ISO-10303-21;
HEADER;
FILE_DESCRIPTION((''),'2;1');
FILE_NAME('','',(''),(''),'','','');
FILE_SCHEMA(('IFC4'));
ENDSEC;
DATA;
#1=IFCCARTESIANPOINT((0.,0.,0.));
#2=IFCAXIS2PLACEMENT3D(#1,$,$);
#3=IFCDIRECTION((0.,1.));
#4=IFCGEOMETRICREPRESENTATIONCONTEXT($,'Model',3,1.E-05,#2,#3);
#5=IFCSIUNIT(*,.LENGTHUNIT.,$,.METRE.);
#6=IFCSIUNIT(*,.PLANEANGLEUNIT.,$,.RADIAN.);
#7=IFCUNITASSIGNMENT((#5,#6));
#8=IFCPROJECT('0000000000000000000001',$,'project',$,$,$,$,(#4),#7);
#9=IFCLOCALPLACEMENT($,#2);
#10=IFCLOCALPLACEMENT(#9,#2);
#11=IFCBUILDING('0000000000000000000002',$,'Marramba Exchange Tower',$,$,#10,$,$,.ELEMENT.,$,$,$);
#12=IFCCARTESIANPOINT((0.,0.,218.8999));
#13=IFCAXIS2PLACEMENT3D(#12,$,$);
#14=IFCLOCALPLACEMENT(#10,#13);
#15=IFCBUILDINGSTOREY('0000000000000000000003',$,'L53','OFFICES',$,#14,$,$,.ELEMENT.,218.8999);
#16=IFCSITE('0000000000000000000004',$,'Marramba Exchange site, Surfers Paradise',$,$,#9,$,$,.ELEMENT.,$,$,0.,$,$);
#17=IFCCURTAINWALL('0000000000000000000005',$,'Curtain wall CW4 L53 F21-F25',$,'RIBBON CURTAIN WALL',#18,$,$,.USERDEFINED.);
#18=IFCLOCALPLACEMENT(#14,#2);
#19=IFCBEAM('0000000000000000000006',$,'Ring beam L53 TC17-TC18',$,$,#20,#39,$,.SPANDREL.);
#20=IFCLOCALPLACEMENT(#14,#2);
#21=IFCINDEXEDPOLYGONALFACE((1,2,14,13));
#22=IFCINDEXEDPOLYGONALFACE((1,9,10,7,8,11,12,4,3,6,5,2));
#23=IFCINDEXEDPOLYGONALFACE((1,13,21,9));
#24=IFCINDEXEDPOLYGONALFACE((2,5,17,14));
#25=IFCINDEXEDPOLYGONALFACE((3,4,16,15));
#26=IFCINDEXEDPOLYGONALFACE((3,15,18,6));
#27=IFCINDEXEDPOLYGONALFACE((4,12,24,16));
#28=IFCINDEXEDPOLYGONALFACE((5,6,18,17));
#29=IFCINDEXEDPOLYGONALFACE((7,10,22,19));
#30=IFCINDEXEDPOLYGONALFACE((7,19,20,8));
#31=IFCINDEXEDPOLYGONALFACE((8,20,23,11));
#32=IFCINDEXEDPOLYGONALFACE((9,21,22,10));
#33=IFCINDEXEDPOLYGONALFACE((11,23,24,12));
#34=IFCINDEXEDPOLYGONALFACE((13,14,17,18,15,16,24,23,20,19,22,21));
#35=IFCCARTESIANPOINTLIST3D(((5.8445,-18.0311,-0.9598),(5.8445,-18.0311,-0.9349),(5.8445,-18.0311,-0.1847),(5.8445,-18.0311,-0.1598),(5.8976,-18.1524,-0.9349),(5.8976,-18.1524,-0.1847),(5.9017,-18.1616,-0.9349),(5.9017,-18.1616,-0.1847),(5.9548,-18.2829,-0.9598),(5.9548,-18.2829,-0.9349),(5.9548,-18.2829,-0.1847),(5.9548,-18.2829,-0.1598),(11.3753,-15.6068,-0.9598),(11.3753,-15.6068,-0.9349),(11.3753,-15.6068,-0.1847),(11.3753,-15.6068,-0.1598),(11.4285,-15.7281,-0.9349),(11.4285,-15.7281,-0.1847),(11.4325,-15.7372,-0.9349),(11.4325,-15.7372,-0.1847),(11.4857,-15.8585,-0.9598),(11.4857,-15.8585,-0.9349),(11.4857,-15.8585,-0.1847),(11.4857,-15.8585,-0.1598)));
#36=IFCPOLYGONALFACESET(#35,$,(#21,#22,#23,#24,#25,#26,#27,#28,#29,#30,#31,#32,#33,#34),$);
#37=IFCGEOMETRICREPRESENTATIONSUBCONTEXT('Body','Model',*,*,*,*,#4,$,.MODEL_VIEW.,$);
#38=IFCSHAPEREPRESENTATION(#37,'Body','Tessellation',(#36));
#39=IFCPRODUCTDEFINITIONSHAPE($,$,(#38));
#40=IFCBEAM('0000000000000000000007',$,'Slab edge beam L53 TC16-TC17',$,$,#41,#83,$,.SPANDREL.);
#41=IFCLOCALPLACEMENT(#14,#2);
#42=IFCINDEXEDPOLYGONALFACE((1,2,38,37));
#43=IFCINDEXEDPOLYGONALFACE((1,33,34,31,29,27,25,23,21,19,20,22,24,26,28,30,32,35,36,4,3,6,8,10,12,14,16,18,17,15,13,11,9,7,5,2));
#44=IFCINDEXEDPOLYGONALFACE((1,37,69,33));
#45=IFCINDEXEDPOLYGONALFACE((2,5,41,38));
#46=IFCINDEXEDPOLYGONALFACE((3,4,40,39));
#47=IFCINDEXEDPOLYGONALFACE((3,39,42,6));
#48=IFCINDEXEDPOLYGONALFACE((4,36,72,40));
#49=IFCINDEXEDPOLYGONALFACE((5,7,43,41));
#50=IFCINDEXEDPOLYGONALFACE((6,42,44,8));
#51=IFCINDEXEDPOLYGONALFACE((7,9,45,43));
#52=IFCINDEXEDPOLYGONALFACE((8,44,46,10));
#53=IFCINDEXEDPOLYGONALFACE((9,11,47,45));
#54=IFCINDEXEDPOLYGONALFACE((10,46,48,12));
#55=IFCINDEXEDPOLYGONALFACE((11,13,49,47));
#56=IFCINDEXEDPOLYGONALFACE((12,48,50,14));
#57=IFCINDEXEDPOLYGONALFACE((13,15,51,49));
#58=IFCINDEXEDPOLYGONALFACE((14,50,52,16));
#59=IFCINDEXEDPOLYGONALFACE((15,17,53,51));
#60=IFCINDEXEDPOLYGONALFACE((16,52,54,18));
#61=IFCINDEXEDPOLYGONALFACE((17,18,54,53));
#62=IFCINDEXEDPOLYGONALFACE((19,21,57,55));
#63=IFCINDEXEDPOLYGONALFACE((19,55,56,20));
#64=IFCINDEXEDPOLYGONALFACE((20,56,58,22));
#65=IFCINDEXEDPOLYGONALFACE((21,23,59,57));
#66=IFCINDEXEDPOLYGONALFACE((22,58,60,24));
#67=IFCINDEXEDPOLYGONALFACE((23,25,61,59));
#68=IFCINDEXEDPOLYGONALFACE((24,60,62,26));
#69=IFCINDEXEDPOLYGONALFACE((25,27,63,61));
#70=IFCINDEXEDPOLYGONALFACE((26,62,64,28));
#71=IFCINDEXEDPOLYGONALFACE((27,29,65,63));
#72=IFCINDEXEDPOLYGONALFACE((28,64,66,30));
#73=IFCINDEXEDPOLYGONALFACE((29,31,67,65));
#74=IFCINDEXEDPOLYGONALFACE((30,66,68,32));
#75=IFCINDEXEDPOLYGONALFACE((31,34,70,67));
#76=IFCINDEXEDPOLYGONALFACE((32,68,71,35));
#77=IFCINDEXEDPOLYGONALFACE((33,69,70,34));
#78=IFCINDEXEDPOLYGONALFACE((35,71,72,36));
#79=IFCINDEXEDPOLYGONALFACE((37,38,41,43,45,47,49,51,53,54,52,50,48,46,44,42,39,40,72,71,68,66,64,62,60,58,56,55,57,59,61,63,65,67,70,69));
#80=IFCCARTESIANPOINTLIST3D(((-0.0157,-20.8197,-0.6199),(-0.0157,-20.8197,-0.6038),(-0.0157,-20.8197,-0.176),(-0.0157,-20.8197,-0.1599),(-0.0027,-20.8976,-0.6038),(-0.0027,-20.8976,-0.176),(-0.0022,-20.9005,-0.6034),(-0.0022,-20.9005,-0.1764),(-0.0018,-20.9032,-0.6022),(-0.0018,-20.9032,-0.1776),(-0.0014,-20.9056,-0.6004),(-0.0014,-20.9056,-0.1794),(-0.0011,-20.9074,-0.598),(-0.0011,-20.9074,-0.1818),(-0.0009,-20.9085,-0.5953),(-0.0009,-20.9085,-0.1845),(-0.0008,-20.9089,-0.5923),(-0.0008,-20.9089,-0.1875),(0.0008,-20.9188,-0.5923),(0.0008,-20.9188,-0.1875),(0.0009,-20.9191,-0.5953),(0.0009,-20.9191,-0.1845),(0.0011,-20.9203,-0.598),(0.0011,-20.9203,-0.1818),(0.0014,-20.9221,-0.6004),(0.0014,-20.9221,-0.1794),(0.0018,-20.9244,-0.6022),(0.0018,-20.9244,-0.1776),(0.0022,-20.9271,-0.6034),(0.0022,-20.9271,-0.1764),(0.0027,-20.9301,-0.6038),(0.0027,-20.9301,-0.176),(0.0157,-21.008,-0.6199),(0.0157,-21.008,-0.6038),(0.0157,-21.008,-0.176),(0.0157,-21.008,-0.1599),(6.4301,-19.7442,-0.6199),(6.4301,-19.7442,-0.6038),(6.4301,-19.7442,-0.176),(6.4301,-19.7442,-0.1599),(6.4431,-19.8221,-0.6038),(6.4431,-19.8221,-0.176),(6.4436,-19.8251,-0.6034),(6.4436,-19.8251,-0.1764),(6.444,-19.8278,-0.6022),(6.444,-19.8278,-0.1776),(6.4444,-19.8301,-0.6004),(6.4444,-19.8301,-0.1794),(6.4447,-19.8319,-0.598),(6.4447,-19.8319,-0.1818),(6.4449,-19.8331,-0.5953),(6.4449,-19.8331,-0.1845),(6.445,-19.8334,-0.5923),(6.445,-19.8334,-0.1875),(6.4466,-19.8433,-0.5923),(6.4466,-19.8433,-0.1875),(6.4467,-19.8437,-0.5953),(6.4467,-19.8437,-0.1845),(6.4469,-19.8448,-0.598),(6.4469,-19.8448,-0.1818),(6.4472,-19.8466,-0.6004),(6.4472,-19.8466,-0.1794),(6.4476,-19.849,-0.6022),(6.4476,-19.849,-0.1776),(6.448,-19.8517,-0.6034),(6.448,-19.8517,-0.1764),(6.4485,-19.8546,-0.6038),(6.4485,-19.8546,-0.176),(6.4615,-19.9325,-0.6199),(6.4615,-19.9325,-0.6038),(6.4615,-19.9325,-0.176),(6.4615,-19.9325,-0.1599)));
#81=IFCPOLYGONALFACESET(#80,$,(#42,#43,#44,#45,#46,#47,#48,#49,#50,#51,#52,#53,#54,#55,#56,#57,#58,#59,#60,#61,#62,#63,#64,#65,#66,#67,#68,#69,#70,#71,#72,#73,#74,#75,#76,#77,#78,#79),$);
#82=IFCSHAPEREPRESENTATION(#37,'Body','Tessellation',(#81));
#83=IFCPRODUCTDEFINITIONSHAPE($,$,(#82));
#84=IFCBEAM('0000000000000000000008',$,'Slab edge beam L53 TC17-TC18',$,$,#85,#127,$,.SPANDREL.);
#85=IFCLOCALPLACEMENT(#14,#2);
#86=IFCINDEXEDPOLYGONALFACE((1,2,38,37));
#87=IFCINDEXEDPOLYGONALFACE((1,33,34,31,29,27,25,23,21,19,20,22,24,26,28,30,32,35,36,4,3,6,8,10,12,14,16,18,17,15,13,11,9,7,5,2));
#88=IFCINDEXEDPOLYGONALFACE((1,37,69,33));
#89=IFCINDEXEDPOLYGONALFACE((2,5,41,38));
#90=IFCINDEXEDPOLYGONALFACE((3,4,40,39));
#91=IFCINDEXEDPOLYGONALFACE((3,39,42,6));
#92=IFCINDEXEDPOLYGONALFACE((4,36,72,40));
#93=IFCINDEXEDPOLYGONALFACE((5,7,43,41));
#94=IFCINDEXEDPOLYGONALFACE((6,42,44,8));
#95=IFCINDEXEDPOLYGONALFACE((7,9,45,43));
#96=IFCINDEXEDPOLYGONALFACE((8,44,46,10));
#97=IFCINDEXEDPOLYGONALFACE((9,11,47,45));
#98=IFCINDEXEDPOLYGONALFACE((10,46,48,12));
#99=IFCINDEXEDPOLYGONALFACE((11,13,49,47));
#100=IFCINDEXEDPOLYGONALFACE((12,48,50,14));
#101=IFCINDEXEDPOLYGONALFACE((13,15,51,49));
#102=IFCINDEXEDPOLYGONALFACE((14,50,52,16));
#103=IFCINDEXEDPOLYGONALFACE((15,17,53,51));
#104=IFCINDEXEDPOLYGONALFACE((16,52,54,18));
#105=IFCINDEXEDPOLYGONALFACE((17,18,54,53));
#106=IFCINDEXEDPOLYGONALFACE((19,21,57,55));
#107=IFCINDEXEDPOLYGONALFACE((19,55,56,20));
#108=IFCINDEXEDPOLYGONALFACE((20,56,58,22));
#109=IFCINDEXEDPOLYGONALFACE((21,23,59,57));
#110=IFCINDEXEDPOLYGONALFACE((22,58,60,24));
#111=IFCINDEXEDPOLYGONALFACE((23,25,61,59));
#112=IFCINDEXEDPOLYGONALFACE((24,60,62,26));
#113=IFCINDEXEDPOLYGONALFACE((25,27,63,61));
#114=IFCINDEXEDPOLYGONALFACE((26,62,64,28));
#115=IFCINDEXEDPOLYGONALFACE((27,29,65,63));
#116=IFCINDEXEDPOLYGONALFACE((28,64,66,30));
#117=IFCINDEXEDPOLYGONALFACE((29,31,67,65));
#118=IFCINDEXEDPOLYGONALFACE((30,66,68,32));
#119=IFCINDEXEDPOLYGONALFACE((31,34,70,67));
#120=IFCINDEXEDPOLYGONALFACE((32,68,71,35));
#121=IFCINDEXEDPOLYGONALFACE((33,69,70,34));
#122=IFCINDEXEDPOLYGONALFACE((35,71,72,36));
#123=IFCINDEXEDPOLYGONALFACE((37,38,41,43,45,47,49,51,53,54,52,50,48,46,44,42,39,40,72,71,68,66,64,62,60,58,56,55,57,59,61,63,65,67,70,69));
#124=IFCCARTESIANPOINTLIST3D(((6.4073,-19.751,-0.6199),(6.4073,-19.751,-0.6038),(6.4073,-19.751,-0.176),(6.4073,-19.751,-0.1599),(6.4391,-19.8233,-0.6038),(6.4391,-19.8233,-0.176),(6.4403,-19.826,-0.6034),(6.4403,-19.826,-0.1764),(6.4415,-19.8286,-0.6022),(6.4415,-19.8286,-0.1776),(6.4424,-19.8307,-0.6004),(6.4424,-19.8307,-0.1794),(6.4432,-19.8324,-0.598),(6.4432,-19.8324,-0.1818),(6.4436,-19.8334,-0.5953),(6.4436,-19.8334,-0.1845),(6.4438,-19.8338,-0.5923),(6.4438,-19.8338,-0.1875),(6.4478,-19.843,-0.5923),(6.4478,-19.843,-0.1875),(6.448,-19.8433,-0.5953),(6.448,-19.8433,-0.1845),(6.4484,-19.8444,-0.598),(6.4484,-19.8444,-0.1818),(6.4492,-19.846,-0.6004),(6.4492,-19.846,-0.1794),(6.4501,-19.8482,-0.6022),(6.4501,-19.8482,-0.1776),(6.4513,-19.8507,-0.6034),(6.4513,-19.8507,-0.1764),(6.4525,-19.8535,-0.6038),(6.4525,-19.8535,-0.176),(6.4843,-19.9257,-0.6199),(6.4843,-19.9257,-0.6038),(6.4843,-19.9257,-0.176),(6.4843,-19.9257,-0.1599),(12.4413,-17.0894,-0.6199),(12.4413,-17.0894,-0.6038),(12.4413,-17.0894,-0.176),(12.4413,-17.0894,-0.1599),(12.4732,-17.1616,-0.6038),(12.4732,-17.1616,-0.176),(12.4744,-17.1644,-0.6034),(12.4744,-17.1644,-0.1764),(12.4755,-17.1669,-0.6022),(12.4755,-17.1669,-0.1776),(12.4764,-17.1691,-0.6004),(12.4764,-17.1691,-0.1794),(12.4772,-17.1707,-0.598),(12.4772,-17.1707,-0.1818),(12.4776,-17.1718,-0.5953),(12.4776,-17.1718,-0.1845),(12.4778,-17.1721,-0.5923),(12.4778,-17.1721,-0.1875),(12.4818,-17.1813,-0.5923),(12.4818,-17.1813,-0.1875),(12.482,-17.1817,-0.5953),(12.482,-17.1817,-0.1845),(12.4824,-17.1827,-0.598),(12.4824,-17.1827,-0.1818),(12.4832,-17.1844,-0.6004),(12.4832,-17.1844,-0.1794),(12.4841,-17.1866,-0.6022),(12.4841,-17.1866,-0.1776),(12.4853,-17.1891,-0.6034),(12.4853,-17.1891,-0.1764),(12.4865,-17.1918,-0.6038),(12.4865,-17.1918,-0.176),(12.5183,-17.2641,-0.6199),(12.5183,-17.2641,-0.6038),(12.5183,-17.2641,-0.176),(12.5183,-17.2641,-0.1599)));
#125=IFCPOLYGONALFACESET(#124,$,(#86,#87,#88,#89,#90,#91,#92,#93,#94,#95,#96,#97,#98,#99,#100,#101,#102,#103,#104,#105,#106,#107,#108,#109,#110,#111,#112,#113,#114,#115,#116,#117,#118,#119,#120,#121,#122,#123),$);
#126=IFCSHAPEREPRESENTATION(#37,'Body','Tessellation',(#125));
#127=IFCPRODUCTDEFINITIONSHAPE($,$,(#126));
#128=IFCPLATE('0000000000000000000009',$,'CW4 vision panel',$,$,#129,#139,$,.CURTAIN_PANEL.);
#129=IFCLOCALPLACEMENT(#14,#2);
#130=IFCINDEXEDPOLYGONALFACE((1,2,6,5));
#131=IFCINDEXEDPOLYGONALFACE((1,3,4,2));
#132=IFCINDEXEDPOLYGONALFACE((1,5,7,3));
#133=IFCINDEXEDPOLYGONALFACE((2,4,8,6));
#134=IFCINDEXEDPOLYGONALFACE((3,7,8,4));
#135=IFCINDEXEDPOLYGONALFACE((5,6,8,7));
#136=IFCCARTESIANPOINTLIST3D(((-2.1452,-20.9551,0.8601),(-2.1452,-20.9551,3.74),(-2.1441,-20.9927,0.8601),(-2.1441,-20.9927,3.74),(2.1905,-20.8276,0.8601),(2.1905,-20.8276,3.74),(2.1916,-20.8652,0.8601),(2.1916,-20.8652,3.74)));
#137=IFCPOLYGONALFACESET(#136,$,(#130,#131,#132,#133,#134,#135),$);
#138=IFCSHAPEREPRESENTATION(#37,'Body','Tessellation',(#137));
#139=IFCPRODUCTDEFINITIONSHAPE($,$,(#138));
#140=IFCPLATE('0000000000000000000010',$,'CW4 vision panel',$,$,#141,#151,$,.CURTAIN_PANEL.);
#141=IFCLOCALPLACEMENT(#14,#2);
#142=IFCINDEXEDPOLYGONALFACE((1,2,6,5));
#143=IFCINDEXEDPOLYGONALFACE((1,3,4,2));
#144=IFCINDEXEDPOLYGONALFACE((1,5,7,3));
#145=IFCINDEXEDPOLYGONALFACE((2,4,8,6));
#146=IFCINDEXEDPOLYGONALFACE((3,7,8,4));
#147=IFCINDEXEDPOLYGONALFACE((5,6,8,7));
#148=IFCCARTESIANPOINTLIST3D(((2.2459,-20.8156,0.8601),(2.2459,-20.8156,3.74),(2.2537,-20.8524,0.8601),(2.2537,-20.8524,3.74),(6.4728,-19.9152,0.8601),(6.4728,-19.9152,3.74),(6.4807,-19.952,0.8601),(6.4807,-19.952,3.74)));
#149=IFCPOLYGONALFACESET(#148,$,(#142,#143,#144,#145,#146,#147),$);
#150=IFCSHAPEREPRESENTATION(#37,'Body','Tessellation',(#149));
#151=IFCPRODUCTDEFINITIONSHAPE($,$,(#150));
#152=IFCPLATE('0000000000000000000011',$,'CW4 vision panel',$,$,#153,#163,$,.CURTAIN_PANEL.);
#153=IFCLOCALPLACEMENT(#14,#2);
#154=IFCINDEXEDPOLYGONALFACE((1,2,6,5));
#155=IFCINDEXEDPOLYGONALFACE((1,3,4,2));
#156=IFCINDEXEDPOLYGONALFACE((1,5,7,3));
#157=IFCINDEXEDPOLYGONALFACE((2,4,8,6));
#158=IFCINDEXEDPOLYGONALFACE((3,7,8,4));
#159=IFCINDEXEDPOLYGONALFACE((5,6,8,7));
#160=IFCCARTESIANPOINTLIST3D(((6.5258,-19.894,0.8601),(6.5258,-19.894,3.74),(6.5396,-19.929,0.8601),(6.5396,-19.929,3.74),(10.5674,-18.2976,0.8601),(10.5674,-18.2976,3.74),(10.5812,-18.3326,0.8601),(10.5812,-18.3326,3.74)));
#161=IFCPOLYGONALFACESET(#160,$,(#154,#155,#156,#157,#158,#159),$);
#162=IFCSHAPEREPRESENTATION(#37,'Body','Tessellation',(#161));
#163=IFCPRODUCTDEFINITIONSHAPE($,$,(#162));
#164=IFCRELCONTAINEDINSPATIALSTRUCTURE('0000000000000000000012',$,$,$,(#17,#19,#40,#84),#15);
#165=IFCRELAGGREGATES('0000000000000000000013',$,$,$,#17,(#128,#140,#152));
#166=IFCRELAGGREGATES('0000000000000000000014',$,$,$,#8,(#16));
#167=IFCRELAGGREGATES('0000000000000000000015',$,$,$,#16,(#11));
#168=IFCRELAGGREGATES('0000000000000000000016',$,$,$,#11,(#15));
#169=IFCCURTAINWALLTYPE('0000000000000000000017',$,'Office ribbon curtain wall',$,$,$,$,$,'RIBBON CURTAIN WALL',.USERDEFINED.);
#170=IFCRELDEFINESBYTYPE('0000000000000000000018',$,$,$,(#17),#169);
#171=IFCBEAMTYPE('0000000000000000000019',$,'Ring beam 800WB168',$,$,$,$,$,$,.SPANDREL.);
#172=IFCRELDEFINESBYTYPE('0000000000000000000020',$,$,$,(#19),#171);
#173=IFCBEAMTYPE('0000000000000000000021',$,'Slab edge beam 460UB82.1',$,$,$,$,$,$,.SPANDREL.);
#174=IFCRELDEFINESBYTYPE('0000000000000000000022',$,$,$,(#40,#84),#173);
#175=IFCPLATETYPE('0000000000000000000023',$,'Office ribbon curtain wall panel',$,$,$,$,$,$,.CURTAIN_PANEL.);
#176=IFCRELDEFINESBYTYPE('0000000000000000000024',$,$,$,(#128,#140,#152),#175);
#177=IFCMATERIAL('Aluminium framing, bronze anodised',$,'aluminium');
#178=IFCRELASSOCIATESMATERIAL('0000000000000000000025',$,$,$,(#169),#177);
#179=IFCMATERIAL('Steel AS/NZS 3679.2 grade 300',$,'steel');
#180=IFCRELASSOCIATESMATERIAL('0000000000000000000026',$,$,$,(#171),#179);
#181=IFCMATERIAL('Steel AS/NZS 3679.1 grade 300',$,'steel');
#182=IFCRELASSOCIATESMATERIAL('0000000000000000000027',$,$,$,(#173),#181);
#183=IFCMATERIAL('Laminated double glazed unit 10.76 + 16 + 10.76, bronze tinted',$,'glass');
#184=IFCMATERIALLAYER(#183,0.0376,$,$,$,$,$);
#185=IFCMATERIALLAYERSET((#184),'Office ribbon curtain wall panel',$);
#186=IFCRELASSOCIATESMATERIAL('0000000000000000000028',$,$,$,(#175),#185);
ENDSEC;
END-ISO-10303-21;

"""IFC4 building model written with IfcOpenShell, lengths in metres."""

from ifc_helpers import new_model, si_unit, direction, frame, origin, origin_2d, place, context, subcontext, project, spatial, rectangle, i_section, extrude, material, layer, layer_set, material_profile, profile_set, type_object, element, aggregate, save


model = new_model("IFC4")

# Units and contexts
model_context = context("Model", 3, precision=1e-05, world=origin(), true_north=direction((0.0, 1.0)))
body_context = subcontext(model_context, "Body", "Model", "MODEL_VIEW")
ifc_project = project(units=[si_unit("LENGTHUNIT", "METRE"), si_unit("PLANEANGLEUNIT", "RADIAN")], contexts=[model_context])

# Site, building, storey
site_placement = place(None, origin())
site = spatial("IfcSite", under=ifc_project, at=site_placement, Name="Marramba Exchange site, Surfers Paradise", CompositionType="ELEMENT", RefElevation=0.0)
building_placement = place(site_placement, origin())
building = spatial("IfcBuilding", under=site, at=building_placement, Name="Marramba Exchange Tower", CompositionType="ELEMENT")
storey_placement = place(building_placement, frame((0.0, 0.0, 218.8999)))
storey = spatial("IfcBuildingStorey", under=building, at=storey_placement, Name="L53", Description="OFFICES", CompositionType="ELEMENT", Elevation=218.8999)

# Shared definitions
ifc_material_1 = material(Name="Steel AS/NZS 3679.2 grade 300", Category="steel")
ifc_material_2 = material(Name="Steel AS/NZS 3679.1 grade 300", Category="steel")

# Curtain wall
ifc_material_3 = material(Name="Aluminium framing, bronze anodised", Category="aluminium")
curtain_wall_type = type_object("IfcCurtainWallType", Name="Office ribbon curtain wall", ElementType="RIBBON CURTAIN WALL", PredefinedType="USERDEFINED", material=ifc_material_3)
curtain_wall_1_placement = place(storey_placement, origin())
curtain_wall_1 = element("IfcCurtainWall", 1, at=curtain_wall_1_placement, inside=storey, type_object=curtain_wall_type, Name="Curtain wall CW4 L53 F21-F25", ObjectType="RIBBON CURTAIN WALL", PredefinedType="USERDEFINED")

# Beams
ifc_material_profile_1 = material_profile(ifc_material_1, i_section(OverallWidth=0.2749, OverallDepth=0.8, WebThickness=0.01, FlangeThickness=0.0249, at=origin_2d()), Name="800WB168")
ifc_profile_set_1 = profile_set([ifc_material_profile_1], Name="Steel AS/NZS 3679.2 grade 300")
beam_type_1 = type_object("IfcBeamType", Name="Ring beam 800WB168", PredefinedType="SPANDREL", material=ifc_profile_set_1)
beam_1_placement = place(storey_placement, frame((5.8997, -18.157, -0.5598), z_axis=(0.915877, 0.401459, 0.0), x_axis=(-0.401459, 0.915877, 0.0)))
element("IfcBeam", 2, at=beam_1_placement, inside=storey, type_object=beam_type_1, Name="Ring beam L53 TC17-TC18", PredefinedType="SPANDREL", context=body_context, shape_type="SweptSolid", body=[
    extrude(i_section(OverallWidth=0.2749, OverallDepth=0.8, WebThickness=0.01, FlangeThickness=0.0249, at=origin_2d()), origin(), (0.0, 0.0, 1.0), 6.0388),
])
ifc_material_profile_2 = material_profile(ifc_material_2, i_section(OverallWidth=0.1909, OverallDepth=0.46, WebThickness=0.01, FlangeThickness=0.0161, FilletRadius=0.0115, at=origin_2d()), Name="460UB82.1")
ifc_profile_set_2 = profile_set([ifc_material_profile_2], Name="Steel AS/NZS 3679.1 grade 300")
beam_type_2 = type_object("IfcBeamType", Name="Slab edge beam 460UB82.1", PredefinedType="SPANDREL", material=ifc_profile_set_2)
beam_2_placement = place(storey_placement, frame((0.0, -20.9138, -0.3899), z_axis=(0.986366, 0.164569, 0.0), x_axis=(-0.164569, 0.986366, 0.0)))
element("IfcBeam", 3, at=beam_2_placement, inside=storey, type_object=beam_type_2, Name="Slab edge beam L53 TC16-TC17", PredefinedType="SPANDREL", context=body_context, shape_type="SweptSolid", body=[
    extrude(i_section(OverallWidth=0.1909, OverallDepth=0.46, WebThickness=0.01, FlangeThickness=0.0161, FilletRadius=0.0115, at=origin_2d()), origin(), (0.0, 0.0, 1.0), 6.5349),
])
beam_3_placement = place(storey_placement, frame((6.4458, -19.8384, -0.3899), z_axis=(0.914941, 0.403588, 0.0), x_axis=(-0.403588, 0.914941, 0.0)))
element("IfcBeam", 4, at=beam_3_placement, inside=storey, type_object=beam_type_2, Name="Slab edge beam L53 TC17-TC18", PredefinedType="SPANDREL", context=body_context, shape_type="SweptSolid", body=[
    extrude(i_section(OverallWidth=0.1909, OverallDepth=0.46, WebThickness=0.01, FlangeThickness=0.0161, FilletRadius=0.0115, at=origin_2d()), origin(), (0.0, 0.0, 1.0), 6.595),
])

# Plates
ifc_material_4 = material(Name="Laminated double glazed unit 10.76 + 16 + 10.76, bronze tinted", Category="glass")
ifc_layer_1 = layer(ifc_material_4, 0.0376)
ifc_layer_set_1 = layer_set([ifc_layer_1], Name="Office ribbon curtain wall panel")
plate_type = type_object("IfcPlateType", Name="Office ribbon curtain wall panel", PredefinedType="CURTAIN_PANEL", material=ifc_layer_set_1)
plate_1_placement = place(storey_placement, frame((0.0232, -20.9102, 0.8601), z_axis=(0.0, 0.0, 1.0), x_axis=(0.999568, 0.029393, 0.0)))
plate_1 = element("IfcPlate", 5, at=plate_1_placement, type_object=plate_type, Name="CW4 vision panel", PredefinedType="CURTAIN_PANEL", context=body_context, shape_type="SweptSolid", body=[
    extrude(rectangle(XDim=4.3376, YDim=0.0376, at=origin_2d()), origin(), (0.0, 0.0, 1.0), 2.8799),
])
plate_2_placement = place(storey_placement, frame((4.3633, -20.3838, 0.8601), z_axis=(0.0, 0.0, 1.0), x_axis=(0.978058, 0.208332, 0.0)))
plate_2 = element("IfcPlate", 6, at=plate_2_placement, type_object=plate_type, Name="CW4 vision panel", PredefinedType="CURTAIN_PANEL", context=body_context, shape_type="SweptSolid", body=[
    extrude(rectangle(XDim=4.3218, YDim=0.0376, at=origin_2d()), origin(), (0.0, 0.0, 1.0), 2.8799),
])
plate_3_placement = place(storey_placement, frame((8.5535, -19.1133, 0.8601), z_axis=(0.0, 0.0, 1.0), x_axis=(0.930073, 0.367375, 0.0)))
plate_3 = element("IfcPlate", 7, at=plate_3_placement, type_object=plate_type, Name="CW4 vision panel", PredefinedType="CURTAIN_PANEL", context=body_context, shape_type="SweptSolid", body=[
    extrude(rectangle(XDim=4.3455, YDim=0.0376, at=origin_2d()), origin(), (0.0, 0.0, 1.0), 2.8799),
])
aggregate(curtain_wall_1, [plate_1, plate_2, plate_3])

save(model, "model.ifc")
